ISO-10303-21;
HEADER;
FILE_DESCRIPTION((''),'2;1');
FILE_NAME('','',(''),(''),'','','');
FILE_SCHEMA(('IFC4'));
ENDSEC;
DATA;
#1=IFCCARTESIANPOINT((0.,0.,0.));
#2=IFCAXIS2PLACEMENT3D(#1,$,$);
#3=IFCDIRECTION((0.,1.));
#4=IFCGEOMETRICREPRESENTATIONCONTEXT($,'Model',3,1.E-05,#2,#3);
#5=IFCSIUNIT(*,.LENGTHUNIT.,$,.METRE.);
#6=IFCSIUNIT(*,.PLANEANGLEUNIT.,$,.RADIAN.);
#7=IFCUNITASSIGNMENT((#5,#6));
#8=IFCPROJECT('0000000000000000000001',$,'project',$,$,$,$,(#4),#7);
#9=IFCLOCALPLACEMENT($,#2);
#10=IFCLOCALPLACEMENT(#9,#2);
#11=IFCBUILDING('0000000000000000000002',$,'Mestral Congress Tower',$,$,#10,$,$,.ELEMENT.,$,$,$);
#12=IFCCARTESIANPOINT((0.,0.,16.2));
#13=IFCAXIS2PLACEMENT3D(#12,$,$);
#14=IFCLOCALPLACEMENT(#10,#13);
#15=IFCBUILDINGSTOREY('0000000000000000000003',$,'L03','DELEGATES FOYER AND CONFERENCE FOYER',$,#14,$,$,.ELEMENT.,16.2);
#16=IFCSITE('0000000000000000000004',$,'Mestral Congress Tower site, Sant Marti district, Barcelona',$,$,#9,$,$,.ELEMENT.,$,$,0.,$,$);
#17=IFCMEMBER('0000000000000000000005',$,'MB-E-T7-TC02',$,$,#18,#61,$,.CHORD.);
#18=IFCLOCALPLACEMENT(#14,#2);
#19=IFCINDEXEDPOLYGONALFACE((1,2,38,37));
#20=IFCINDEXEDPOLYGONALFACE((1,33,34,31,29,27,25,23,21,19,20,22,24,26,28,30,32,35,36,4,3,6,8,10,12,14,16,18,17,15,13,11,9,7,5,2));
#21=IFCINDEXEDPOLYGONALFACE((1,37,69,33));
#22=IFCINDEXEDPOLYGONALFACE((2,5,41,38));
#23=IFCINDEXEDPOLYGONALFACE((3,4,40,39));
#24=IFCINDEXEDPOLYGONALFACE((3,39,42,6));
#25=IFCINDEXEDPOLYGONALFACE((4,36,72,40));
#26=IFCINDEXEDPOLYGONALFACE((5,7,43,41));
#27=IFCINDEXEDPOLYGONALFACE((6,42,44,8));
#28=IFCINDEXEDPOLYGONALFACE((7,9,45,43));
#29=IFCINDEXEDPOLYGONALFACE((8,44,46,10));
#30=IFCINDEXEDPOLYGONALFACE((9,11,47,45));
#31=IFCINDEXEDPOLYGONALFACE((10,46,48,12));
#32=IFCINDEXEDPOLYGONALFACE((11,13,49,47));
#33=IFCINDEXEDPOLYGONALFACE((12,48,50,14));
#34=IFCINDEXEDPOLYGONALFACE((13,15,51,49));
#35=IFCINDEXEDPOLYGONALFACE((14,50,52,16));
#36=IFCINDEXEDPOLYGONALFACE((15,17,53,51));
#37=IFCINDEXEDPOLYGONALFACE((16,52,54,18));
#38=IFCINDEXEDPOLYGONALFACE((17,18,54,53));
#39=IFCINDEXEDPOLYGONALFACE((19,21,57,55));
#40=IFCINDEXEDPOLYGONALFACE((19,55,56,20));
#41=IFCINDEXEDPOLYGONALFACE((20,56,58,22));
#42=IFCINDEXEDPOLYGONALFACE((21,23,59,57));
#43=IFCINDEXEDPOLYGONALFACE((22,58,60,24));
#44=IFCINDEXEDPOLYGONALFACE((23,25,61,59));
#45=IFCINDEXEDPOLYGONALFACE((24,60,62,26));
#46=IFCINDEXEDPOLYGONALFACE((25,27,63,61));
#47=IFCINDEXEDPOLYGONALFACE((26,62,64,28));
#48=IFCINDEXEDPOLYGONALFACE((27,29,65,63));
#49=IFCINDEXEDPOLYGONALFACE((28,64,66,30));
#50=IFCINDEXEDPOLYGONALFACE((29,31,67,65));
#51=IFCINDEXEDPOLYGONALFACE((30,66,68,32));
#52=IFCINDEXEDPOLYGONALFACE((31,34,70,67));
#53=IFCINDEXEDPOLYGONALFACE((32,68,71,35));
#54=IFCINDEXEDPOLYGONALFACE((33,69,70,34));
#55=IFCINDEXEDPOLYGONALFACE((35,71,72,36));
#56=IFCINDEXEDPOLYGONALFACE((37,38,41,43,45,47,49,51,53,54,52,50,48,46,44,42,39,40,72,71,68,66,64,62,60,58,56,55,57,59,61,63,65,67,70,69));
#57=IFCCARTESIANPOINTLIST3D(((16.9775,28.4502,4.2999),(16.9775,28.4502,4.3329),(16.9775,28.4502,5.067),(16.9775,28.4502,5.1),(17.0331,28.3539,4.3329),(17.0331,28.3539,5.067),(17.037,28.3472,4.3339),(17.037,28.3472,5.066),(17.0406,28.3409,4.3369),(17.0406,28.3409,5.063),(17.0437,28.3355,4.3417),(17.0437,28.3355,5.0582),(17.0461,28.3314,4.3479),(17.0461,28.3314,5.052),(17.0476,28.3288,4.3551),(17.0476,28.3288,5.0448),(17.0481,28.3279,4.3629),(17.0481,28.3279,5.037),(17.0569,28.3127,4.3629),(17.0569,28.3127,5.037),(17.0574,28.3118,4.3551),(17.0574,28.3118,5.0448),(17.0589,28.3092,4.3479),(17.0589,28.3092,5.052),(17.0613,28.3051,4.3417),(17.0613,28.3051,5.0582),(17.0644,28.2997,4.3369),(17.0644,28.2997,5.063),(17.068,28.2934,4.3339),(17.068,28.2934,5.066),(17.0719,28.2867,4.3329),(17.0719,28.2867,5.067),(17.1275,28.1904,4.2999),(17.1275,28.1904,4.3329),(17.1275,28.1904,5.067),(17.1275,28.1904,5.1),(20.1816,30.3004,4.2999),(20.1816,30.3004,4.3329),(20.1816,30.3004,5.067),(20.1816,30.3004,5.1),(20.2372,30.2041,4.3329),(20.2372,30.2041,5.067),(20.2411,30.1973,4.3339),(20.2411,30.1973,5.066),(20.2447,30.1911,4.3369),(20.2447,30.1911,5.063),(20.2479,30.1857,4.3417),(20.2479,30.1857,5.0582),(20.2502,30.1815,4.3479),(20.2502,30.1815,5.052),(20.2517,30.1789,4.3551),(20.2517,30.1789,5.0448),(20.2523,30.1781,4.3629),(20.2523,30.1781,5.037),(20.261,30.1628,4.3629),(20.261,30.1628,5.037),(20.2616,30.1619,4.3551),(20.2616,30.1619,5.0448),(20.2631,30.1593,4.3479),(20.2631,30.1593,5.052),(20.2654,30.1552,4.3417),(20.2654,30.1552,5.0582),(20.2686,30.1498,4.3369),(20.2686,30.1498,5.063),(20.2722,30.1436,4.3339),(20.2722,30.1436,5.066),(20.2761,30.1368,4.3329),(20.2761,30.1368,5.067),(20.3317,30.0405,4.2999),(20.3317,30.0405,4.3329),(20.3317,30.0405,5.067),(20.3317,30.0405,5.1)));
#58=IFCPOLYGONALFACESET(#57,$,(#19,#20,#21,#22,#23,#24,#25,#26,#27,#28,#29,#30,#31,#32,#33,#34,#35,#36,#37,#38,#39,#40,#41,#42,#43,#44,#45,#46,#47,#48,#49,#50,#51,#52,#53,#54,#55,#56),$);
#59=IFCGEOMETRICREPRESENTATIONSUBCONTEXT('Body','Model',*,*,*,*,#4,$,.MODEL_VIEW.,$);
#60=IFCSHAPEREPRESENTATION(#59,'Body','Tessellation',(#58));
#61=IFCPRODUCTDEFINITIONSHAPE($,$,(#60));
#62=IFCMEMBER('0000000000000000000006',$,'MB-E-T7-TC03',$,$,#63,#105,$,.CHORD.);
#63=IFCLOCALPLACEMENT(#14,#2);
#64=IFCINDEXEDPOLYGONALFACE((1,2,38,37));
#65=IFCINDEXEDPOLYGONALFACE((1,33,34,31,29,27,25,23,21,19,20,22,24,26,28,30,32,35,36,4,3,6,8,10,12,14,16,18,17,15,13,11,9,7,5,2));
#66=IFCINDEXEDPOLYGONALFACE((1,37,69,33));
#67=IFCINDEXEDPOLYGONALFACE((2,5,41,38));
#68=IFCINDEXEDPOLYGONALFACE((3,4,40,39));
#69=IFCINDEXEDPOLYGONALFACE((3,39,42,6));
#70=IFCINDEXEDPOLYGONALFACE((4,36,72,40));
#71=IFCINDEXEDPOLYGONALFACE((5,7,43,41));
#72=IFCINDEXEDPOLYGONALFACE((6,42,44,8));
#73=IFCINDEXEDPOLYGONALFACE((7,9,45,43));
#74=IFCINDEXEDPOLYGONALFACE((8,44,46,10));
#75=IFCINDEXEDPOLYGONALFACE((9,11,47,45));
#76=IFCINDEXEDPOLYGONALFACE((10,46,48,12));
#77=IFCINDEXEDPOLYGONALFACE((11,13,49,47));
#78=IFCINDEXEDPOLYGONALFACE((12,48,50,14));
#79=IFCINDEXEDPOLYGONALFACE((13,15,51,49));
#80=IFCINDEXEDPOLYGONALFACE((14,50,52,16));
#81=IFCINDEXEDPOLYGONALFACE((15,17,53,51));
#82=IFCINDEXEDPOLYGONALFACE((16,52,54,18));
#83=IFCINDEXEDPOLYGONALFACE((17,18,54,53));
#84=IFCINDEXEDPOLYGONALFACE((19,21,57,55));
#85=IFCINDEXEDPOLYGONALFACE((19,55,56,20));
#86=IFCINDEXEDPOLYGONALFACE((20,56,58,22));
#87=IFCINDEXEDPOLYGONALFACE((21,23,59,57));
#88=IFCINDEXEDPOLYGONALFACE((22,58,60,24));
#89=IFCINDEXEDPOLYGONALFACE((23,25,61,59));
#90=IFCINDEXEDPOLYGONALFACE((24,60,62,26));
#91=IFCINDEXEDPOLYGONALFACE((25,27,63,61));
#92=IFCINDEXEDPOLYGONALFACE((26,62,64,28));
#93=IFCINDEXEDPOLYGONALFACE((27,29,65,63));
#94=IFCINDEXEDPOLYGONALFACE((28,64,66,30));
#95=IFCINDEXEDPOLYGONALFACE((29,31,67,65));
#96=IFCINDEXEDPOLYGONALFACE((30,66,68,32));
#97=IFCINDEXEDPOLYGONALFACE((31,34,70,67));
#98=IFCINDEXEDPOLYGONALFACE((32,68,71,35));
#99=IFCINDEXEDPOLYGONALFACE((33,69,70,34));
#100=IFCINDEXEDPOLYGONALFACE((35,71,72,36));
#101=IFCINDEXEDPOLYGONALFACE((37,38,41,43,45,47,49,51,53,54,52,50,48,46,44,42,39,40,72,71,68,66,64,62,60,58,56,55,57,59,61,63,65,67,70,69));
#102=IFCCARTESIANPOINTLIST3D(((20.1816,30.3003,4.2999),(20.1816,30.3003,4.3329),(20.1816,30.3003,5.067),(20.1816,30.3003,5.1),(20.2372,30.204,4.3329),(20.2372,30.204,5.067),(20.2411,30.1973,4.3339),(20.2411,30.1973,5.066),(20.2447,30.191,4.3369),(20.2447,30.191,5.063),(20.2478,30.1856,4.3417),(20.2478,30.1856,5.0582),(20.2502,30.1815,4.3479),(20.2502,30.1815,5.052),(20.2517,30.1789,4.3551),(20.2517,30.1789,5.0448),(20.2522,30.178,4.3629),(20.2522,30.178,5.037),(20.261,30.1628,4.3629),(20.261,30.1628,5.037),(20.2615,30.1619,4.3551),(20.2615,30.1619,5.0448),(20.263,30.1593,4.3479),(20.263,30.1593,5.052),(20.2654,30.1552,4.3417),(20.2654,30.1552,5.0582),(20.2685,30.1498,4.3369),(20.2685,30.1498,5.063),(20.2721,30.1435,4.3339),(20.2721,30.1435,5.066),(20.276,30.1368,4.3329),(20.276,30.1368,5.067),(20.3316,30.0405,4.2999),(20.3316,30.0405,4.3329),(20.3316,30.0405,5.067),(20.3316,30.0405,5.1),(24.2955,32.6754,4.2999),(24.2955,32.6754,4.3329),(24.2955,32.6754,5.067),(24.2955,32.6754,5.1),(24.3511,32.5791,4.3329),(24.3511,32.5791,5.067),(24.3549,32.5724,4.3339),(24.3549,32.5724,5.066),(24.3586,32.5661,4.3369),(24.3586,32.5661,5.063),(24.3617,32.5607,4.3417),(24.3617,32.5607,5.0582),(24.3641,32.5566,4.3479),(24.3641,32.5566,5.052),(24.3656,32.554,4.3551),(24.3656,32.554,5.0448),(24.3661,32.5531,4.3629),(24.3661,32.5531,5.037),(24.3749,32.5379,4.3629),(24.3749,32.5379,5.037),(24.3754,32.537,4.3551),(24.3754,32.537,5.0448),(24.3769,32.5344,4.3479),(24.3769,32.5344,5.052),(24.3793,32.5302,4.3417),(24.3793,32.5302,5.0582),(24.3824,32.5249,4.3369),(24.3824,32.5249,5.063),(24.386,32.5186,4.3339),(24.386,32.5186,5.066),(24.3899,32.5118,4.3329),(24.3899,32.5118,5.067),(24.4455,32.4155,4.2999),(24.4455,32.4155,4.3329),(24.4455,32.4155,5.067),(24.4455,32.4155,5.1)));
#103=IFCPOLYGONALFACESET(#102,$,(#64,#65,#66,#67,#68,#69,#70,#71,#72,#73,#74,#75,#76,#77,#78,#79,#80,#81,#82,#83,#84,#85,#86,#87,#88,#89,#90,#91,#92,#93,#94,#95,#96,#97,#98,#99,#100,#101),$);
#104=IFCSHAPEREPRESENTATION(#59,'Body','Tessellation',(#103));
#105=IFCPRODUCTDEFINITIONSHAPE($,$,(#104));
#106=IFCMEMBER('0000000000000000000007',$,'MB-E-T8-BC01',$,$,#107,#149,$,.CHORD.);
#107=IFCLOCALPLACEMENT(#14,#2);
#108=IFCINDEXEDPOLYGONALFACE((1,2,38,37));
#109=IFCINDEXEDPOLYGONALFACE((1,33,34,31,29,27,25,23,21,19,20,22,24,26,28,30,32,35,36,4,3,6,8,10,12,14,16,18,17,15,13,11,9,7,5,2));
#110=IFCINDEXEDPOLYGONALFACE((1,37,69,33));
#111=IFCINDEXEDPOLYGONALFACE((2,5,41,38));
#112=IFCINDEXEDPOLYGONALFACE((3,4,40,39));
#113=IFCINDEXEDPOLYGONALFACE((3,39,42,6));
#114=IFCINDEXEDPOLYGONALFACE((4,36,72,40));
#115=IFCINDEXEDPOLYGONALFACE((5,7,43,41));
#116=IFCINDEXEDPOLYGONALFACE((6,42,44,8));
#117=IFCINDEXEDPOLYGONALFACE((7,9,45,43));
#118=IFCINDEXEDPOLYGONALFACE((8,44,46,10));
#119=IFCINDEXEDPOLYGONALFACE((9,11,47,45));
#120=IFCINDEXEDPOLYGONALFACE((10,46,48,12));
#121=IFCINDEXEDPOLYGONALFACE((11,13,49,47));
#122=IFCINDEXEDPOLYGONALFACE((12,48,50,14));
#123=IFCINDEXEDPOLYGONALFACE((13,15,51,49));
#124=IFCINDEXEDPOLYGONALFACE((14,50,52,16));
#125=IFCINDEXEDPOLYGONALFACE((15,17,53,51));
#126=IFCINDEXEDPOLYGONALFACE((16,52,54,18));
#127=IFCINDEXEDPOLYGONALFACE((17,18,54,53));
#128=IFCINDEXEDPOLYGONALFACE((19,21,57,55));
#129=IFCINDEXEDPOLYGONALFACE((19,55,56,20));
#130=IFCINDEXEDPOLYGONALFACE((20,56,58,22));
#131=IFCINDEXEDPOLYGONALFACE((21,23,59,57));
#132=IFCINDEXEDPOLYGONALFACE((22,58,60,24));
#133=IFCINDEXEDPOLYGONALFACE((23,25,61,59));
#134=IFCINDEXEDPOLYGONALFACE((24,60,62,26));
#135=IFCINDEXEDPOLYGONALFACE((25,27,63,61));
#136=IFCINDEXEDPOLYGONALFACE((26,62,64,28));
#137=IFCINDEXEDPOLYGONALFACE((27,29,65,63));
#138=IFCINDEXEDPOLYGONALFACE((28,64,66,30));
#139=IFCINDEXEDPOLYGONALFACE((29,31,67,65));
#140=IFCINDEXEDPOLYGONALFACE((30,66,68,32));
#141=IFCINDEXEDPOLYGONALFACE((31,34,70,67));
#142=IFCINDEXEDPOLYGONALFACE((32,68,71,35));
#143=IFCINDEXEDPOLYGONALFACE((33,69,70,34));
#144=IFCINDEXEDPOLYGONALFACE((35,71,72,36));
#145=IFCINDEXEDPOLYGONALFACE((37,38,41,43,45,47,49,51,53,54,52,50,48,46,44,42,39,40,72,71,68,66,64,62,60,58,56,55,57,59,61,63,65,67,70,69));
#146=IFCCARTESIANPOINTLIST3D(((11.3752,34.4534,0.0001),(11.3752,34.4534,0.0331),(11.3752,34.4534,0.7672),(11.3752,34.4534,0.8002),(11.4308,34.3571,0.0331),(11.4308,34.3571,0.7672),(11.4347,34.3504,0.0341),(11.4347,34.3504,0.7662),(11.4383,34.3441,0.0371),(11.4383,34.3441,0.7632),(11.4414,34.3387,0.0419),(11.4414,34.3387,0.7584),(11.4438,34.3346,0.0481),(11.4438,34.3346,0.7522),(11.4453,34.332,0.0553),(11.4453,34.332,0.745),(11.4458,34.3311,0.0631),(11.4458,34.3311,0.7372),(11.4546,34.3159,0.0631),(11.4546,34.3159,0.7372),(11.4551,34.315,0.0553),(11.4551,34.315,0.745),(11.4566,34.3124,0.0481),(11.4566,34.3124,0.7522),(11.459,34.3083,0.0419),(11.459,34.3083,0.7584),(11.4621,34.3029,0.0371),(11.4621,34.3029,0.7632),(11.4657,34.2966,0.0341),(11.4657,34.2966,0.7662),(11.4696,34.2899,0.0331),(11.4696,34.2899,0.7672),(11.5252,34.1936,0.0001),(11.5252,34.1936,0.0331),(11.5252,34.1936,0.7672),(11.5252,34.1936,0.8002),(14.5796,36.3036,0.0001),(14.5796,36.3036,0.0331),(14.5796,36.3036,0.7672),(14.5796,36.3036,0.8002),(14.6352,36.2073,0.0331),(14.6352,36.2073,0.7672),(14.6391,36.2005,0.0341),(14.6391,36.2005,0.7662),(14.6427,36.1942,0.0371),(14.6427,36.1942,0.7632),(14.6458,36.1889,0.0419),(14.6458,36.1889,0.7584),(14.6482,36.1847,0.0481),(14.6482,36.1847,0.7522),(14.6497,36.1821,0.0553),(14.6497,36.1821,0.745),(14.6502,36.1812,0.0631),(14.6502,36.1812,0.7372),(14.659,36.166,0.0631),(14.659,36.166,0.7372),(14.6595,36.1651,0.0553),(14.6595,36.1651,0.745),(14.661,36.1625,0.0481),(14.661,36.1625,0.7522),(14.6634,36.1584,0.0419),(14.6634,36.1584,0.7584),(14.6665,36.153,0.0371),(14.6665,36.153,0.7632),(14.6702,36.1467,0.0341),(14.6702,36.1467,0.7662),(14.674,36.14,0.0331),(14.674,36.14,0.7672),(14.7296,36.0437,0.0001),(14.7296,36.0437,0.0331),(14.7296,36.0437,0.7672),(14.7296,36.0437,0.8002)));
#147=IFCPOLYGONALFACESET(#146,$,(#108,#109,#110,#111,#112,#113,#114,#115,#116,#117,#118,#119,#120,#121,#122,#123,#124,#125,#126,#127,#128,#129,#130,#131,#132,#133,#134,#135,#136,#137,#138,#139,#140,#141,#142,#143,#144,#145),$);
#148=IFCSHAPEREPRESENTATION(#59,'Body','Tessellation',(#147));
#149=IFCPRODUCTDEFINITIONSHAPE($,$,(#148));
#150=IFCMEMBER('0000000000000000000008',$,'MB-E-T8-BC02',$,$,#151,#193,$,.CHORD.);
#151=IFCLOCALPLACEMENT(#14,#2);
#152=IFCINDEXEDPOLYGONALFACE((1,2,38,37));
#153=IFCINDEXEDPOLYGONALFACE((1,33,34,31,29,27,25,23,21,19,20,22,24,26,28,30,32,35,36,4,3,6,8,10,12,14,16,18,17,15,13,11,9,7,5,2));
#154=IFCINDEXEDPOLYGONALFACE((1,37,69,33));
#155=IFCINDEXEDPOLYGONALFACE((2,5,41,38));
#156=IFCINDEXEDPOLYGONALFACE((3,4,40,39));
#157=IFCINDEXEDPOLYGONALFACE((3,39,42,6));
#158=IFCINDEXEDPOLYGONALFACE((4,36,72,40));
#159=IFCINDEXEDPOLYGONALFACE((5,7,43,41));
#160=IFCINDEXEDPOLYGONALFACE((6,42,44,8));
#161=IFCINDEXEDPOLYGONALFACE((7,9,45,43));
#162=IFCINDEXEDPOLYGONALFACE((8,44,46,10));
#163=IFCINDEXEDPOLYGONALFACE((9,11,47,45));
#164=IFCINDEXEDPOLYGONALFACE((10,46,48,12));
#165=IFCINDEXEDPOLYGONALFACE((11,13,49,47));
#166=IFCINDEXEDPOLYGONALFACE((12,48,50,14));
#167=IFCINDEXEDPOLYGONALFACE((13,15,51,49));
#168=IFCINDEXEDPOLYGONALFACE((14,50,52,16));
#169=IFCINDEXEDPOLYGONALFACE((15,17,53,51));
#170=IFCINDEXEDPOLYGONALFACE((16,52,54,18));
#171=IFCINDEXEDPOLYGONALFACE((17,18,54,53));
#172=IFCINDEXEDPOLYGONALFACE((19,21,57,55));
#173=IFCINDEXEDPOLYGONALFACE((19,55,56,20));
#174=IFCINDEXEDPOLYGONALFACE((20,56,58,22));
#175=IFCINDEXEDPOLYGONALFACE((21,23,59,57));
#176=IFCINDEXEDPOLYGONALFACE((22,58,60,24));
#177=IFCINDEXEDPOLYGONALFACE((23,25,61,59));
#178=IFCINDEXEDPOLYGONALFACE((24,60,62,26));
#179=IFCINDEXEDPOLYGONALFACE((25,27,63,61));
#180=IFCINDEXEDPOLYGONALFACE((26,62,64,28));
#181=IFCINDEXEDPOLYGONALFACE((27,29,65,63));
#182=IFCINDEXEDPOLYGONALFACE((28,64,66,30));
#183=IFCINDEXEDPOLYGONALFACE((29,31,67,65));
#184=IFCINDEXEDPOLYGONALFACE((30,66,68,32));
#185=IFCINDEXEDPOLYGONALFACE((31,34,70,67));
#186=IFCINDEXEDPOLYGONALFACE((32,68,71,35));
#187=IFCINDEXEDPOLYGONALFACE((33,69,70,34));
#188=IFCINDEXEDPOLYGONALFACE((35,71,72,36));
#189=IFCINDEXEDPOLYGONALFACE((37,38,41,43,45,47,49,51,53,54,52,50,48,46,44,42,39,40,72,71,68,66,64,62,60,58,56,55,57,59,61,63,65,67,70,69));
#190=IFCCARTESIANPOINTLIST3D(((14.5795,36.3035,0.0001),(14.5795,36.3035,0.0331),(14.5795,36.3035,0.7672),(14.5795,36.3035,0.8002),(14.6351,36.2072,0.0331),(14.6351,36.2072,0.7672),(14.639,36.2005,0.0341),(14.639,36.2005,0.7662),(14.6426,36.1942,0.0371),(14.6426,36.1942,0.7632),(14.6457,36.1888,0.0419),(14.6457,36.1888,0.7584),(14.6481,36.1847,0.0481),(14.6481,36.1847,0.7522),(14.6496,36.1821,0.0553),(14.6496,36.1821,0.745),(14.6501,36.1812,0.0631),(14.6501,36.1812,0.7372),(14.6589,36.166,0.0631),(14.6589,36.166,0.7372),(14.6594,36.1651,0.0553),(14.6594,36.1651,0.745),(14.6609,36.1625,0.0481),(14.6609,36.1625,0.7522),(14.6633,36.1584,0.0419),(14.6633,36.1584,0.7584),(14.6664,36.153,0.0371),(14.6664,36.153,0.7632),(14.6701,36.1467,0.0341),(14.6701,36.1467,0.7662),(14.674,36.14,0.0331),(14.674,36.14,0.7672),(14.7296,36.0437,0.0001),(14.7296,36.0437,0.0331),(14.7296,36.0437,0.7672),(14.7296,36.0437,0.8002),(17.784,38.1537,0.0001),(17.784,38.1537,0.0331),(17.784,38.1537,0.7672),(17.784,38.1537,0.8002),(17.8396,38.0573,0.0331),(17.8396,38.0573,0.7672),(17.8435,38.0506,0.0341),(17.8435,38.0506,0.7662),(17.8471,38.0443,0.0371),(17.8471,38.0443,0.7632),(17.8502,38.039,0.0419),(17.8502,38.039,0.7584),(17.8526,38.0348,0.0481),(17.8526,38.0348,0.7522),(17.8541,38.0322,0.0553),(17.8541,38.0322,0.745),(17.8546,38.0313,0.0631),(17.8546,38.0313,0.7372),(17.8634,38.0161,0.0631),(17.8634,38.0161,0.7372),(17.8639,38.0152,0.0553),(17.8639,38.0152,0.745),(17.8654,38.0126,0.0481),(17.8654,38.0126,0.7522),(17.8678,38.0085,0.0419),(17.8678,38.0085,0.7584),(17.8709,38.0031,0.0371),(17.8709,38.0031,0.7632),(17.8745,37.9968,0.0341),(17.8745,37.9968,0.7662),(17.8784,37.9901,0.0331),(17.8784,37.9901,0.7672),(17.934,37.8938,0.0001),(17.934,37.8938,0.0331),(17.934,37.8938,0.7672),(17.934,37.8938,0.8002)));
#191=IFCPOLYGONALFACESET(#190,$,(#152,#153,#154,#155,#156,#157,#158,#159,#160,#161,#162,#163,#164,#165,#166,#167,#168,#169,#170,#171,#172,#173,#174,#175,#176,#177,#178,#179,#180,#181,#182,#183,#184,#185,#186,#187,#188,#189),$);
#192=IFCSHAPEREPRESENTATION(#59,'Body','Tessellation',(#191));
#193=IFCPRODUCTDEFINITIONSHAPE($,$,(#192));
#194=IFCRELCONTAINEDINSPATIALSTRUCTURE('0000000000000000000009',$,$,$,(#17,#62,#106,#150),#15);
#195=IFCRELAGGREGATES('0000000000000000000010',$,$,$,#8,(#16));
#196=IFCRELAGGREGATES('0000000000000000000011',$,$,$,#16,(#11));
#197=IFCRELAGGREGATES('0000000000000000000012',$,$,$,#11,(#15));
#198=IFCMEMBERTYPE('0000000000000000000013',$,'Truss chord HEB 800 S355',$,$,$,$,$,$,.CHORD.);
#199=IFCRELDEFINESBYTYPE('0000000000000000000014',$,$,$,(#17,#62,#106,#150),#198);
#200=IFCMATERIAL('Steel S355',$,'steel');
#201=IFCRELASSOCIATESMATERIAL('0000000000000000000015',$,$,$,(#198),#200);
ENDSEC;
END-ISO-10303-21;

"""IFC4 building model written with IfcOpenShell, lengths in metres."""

from ifc_helpers import new_model, si_unit, direction, frame, origin, origin_2d, place, context, subcontext, project, spatial, i_section, extrude, material, material_profile, profile_set, type_object, element, save


model = new_model("IFC4")

# Units and contexts
model_context = context("Model", 3, precision=1e-05, world=origin(), true_north=direction((0.0, 1.0)))
body_context = subcontext(model_context, "Body", "Model", "MODEL_VIEW")
ifc_project = project(units=[si_unit("LENGTHUNIT", "METRE"), si_unit("PLANEANGLEUNIT", "RADIAN")], contexts=[model_context])

# Site, building, storey
site_placement = place(None, origin())
site = spatial("IfcSite", under=ifc_project, at=site_placement, Name="Mestral Congress Tower site, Sant Marti district, Barcelona", CompositionType="ELEMENT", RefElevation=0.0)
building_placement = place(site_placement, origin())
building = spatial("IfcBuilding", under=site, at=building_placement, Name="Mestral Congress Tower", CompositionType="ELEMENT")
storey_placement = place(building_placement, frame((0.0, 0.0, 16.2)))
storey = spatial("IfcBuildingStorey", under=building, at=storey_placement, Name="L03", Description="DELEGATES FOYER AND CONFERENCE FOYER", CompositionType="ELEMENT", Elevation=16.2)

# Members
ifc_material_1 = material(Name="Steel S355", Category="steel")
ifc_material_profile_1 = material_profile(ifc_material_1, i_section(OverallWidth=0.3, OverallDepth=0.8, WebThickness=0.0176, FlangeThickness=0.033, FilletRadius=0.03, at=origin_2d()), Name="HEB 800")
ifc_profile_set_1 = profile_set([ifc_material_profile_1], Name="Steel S355")
member_type_1 = type_object("IfcMemberType", Name="Truss chord HEB 800 S355", PredefinedType="CHORD", material=ifc_profile_set_1)
member_1_placement = place(storey_placement, frame((17.0525, 28.3203, 4.7), z_axis=(0.866001, 0.500042, 0.0), x_axis=(-0.500042, 0.866001, 0.0)))
element("IfcMember", 1, at=member_1_placement, inside=storey, type_object=member_type_1, Name="MB-E-T7-TC02", PredefinedType="CHORD", context=body_context, shape_type="SweptSolid", body=[
    extrude(i_section(OverallWidth=0.3, OverallDepth=0.8, WebThickness=0.0176, FlangeThickness=0.033, FilletRadius=0.03, at=origin_2d()), origin(), (0.0, 0.0, 1.0), 3.7),
])
member_2_placement = place(storey_placement, frame((20.2566, 30.1704, 4.7), z_axis=(0.866033, 0.499986, 0.0), x_axis=(-0.499986, 0.866033, 0.0)))
element("IfcMember", 2, at=member_2_placement, inside=storey, type_object=member_type_1, Name="MB-E-T7-TC03", PredefinedType="CHORD", context=body_context, shape_type="SweptSolid", body=[
    extrude(i_section(OverallWidth=0.3, OverallDepth=0.8, WebThickness=0.0176, FlangeThickness=0.033, FilletRadius=0.03, at=origin_2d()), origin(), (0.0, 0.0, 1.0), 4.7502),
])
for number, where, z_axis, x_axis, name in (
    (3, (11.4502, 34.3235, 0.4001), (0.866017, 0.500014, 0.0), (-0.500014, 0.866017, 0.0), "MB-E-T8-BC01"),
    (4, (14.6545, 36.1736, 0.4001), (0.866017, 0.500014, 0.0), (-0.500014, 0.866017, 0.0), "MB-E-T8-BC02"),
):
    element("IfcMember", number, at=place(storey_placement, frame(where, z_axis=z_axis, x_axis=x_axis)), inside=storey, type_object=member_type_1, Name=name, PredefinedType="CHORD", context=body_context, shape_type="SweptSolid", body=[
        extrude(i_section(OverallWidth=0.3, OverallDepth=0.8, WebThickness=0.0176, FlangeThickness=0.033, FilletRadius=0.03, at=origin_2d()), origin(), (0.0, 0.0, 1.0), 3.7002),
    ])

save(model, "model.ifc")
